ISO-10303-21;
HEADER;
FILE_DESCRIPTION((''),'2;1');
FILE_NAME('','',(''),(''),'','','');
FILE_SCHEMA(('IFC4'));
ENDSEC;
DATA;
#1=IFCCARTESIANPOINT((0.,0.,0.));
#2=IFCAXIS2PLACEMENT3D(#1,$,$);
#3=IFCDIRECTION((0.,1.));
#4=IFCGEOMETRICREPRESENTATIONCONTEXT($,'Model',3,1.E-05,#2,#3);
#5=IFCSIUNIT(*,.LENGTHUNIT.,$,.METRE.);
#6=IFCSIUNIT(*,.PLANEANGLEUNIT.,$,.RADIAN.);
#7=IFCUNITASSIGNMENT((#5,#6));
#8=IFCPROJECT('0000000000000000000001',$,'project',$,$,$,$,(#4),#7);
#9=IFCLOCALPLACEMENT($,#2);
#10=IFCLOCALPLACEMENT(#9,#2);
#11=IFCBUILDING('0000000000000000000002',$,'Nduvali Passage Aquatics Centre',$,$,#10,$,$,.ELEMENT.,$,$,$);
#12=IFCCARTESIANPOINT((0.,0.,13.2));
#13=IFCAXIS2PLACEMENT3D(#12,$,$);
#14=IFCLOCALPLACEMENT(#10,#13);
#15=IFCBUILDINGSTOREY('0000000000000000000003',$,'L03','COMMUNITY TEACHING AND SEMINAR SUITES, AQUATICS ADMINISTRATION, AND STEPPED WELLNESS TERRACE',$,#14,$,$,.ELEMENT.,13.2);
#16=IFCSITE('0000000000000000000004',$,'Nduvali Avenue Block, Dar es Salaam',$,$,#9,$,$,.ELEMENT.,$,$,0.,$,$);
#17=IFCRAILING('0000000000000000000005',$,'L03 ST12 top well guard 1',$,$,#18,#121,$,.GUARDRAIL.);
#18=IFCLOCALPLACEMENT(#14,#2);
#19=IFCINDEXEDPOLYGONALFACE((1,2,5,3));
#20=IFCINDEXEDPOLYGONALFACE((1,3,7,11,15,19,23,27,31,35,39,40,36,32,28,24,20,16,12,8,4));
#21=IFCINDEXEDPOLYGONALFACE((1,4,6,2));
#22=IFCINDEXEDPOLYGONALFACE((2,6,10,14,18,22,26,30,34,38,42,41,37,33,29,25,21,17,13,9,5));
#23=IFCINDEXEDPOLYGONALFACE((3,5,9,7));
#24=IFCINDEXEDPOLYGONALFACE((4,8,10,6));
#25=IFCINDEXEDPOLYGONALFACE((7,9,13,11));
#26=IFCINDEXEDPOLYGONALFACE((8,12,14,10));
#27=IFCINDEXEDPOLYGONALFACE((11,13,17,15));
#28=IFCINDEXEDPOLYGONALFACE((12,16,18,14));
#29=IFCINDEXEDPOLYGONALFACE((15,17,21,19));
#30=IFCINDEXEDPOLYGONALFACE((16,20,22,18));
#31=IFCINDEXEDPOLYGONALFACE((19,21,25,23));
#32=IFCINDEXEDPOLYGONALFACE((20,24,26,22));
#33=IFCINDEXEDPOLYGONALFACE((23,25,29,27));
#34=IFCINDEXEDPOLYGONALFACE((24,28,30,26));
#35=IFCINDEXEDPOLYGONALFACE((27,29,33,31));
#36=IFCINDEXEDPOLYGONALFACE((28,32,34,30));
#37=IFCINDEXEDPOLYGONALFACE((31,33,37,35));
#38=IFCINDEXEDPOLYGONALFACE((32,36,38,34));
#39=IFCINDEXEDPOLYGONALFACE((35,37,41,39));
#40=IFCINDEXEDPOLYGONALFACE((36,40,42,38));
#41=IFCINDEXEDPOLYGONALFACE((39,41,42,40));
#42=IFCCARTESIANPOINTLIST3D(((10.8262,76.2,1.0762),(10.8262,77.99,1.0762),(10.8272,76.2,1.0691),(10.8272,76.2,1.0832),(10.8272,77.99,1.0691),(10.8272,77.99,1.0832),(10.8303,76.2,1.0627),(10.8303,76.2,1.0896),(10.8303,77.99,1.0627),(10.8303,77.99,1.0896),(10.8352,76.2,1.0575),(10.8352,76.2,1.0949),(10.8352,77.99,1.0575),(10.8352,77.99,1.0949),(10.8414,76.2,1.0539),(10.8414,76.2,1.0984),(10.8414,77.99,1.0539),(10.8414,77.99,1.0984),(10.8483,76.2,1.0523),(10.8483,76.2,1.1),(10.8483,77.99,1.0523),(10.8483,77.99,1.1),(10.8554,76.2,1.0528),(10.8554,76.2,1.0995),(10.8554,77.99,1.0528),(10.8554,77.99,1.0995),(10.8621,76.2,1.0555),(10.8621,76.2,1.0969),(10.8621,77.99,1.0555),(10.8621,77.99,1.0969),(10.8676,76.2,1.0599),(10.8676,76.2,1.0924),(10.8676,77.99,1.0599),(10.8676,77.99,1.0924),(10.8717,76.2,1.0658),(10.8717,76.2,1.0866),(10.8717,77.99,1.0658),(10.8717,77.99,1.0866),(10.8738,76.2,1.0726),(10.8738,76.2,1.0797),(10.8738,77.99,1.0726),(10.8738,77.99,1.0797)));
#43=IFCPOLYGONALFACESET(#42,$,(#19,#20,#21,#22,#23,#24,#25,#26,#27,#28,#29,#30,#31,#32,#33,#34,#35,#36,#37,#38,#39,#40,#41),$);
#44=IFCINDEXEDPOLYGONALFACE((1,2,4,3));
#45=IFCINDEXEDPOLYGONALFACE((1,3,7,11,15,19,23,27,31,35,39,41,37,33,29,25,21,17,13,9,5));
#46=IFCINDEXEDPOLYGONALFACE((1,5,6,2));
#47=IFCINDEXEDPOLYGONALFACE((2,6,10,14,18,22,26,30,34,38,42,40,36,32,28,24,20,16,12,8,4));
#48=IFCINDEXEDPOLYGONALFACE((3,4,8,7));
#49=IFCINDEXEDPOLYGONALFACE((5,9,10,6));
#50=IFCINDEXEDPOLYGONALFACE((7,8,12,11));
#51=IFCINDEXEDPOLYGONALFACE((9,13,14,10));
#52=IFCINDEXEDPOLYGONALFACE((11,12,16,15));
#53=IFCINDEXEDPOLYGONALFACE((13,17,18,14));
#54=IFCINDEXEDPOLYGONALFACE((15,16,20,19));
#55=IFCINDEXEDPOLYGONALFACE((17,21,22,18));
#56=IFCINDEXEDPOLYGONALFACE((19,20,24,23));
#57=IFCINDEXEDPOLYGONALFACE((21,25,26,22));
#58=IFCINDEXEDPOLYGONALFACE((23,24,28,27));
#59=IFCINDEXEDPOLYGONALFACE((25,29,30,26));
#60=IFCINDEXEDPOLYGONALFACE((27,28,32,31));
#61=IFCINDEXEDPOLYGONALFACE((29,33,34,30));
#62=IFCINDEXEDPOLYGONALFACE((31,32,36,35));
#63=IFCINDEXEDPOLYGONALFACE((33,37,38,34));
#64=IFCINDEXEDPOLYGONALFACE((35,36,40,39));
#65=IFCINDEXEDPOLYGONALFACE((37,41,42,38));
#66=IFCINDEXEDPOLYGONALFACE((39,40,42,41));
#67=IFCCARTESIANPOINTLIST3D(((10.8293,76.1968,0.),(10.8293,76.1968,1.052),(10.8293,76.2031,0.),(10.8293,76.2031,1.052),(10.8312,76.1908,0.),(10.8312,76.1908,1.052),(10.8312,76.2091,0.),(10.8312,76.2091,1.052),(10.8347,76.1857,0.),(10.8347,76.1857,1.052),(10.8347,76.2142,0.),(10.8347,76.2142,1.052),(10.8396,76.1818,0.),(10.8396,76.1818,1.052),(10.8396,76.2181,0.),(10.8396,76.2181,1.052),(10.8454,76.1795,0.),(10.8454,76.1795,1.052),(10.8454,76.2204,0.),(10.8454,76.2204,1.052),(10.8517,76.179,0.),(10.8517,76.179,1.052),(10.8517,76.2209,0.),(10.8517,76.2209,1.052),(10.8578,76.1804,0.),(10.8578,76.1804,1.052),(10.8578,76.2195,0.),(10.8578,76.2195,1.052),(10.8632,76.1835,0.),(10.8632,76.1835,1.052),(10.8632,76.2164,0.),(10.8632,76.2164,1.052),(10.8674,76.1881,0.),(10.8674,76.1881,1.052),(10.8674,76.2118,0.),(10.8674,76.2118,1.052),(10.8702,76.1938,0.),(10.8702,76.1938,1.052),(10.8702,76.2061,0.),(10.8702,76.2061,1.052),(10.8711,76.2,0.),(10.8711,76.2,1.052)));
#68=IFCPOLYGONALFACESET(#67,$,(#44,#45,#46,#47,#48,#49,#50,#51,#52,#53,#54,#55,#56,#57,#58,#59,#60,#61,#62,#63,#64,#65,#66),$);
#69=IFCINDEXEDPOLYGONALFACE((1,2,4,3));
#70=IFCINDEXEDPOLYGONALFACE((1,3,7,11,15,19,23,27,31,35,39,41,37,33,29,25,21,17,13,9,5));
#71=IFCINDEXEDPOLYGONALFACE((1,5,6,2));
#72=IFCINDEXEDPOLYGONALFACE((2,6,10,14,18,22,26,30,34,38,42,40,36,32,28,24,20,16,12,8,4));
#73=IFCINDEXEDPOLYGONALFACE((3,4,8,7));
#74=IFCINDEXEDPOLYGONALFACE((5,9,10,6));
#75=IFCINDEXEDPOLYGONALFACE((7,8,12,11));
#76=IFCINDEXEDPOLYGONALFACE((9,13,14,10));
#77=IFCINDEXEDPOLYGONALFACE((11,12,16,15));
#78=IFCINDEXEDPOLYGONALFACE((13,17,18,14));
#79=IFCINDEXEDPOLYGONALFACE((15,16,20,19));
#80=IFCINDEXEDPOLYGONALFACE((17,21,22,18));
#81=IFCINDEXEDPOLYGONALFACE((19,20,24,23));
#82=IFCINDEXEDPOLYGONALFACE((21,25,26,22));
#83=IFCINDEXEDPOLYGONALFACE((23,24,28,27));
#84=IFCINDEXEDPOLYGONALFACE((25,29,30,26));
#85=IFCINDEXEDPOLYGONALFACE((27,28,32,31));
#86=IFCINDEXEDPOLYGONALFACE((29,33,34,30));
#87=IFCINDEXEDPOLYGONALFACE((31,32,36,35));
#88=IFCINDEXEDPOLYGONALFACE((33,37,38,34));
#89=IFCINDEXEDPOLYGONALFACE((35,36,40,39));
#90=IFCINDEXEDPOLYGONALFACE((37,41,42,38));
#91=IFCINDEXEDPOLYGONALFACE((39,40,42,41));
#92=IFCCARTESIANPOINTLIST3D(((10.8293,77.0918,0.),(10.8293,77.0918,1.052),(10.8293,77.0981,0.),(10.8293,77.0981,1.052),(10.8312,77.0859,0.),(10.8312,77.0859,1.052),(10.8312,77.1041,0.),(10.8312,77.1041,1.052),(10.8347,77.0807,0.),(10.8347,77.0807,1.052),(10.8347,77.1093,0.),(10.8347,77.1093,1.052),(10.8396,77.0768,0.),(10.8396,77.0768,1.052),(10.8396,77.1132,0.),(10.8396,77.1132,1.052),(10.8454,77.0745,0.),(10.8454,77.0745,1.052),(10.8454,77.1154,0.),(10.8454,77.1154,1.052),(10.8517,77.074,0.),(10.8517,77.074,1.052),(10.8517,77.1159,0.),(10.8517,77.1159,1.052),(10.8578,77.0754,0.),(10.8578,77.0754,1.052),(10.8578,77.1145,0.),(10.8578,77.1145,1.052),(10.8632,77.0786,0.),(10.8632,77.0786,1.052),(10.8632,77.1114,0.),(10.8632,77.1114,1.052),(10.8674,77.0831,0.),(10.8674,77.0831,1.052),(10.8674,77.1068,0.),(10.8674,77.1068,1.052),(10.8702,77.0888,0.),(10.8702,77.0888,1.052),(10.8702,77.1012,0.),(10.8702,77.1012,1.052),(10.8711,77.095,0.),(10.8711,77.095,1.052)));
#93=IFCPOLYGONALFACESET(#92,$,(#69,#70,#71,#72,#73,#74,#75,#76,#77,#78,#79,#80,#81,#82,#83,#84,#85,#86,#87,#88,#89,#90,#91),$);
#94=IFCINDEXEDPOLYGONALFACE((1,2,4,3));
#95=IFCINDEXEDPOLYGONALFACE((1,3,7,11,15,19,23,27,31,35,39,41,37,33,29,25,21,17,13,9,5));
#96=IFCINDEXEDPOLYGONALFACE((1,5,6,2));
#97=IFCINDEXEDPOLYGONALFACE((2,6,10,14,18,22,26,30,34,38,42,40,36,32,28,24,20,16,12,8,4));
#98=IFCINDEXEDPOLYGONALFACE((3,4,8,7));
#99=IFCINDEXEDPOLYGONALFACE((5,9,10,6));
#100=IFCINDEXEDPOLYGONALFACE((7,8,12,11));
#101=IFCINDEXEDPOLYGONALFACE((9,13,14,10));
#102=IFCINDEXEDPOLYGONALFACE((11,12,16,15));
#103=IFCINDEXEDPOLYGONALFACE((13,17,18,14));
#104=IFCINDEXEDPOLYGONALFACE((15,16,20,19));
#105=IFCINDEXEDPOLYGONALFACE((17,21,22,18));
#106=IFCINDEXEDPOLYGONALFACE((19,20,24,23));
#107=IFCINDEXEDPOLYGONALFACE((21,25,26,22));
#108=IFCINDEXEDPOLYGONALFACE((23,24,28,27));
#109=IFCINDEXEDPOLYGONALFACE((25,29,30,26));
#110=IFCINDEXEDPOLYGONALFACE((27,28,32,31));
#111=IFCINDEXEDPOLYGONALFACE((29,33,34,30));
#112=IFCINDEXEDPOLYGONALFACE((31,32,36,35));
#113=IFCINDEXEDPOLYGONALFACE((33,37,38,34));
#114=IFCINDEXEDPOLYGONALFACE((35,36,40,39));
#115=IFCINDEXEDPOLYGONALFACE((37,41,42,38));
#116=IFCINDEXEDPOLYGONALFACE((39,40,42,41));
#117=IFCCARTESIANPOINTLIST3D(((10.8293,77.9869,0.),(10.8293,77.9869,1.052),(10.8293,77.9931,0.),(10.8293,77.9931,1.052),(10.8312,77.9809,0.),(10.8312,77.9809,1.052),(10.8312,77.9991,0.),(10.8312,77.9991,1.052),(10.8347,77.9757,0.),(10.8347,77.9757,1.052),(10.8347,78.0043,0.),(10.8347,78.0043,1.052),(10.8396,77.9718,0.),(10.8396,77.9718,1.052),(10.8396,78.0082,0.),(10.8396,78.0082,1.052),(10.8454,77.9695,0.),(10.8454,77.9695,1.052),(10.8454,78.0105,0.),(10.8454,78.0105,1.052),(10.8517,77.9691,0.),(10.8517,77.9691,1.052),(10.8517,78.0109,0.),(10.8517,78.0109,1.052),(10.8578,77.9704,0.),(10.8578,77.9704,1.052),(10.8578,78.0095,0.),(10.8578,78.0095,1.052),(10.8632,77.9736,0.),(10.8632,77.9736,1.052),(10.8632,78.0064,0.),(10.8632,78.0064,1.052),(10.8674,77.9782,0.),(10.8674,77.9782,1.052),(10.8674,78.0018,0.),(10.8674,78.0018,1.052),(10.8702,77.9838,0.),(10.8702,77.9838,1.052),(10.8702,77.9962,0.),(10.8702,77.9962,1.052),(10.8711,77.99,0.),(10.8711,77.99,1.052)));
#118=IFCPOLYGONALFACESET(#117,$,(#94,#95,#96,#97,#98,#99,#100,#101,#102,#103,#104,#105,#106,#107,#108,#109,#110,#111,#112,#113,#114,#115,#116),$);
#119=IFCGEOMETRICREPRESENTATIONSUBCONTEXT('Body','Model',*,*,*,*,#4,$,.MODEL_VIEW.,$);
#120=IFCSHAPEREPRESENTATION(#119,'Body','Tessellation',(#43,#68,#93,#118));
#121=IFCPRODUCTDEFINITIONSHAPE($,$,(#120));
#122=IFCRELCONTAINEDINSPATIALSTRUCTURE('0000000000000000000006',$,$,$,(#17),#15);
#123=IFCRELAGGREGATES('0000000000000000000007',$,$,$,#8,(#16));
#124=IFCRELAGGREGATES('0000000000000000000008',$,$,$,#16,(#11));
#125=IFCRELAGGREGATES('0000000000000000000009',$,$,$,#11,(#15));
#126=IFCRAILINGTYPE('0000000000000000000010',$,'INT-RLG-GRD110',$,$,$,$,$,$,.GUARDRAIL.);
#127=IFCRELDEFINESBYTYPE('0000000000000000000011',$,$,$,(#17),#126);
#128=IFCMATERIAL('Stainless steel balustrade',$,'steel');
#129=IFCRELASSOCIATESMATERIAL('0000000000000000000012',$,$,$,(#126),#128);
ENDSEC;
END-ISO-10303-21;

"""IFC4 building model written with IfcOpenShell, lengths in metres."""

from ifc_helpers import new_model, si_unit, direction, frame, origin, origin_2d, place, context, subcontext, project, spatial, circle, extrude, material, type_object, element, save


model = new_model("IFC4")

# Units and contexts
model_context = context("Model", 3, precision=1e-05, world=origin(), true_north=direction((0.0, 1.0)))
body_context = subcontext(model_context, "Body", "Model", "MODEL_VIEW")
ifc_project = project(units=[si_unit("LENGTHUNIT", "METRE"), si_unit("PLANEANGLEUNIT", "RADIAN")], contexts=[model_context])

# Site, building, storey
site_placement = place(None, origin())
site = spatial("IfcSite", under=ifc_project, at=site_placement, Name="Nduvali Avenue Block, Dar es Salaam", CompositionType="ELEMENT", RefElevation=0.0)
building_placement = place(site_placement, origin())
building = spatial("IfcBuilding", under=site, at=building_placement, Name="Nduvali Passage Aquatics Centre", CompositionType="ELEMENT")
storey_placement = place(building_placement, frame((0.0, 0.0, 13.2)))
storey = spatial("IfcBuildingStorey", under=building, at=storey_placement, Name="L03", Description="COMMUNITY TEACHING AND SEMINAR SUITES, AQUATICS ADMINISTRATION, AND STEPPED WELLNESS TERRACE", CompositionType="ELEMENT", Elevation=13.2)

# Railing
ifc_material_1 = material(Name="Stainless steel balustrade", Category="steel")
railing_type = type_object("IfcRailingType", Name="INT-RLG-GRD110", PredefinedType="GUARDRAIL", material=ifc_material_1)
railing_1_placement = place(storey_placement, frame((10.8501, 76.2, 0.0)))
element("IfcRailing", 1, at=railing_1_placement, inside=storey, type_object=railing_type, Name="L03 ST12 top well guard 1", PredefinedType="GUARDRAIL", context=body_context, shape_type="SweptSolid", body=[
    extrude(circle(Radius=0.0239, at=origin_2d()), frame((0.0, 0.0, 1.0762), z_axis=(0.0, 1.0, 0.0), x_axis=(-1.0, 0.0, 0.0)), (0.0, 0.0, 1.0), 1.79),
    extrude(circle(Radius=0.021, at=origin_2d()), origin(), (0.0, 0.0, 1.0), 1.052),
    extrude(circle(Radius=0.021, at=origin_2d()), frame((0.0, 0.895, 0.0)), (0.0, 0.0, 1.0), 1.052),
    extrude(circle(Radius=0.021, at=origin_2d()), frame((0.0, 1.79, 0.0)), (0.0, 0.0, 1.0), 1.052),
])

save(model, "model.ifc")
